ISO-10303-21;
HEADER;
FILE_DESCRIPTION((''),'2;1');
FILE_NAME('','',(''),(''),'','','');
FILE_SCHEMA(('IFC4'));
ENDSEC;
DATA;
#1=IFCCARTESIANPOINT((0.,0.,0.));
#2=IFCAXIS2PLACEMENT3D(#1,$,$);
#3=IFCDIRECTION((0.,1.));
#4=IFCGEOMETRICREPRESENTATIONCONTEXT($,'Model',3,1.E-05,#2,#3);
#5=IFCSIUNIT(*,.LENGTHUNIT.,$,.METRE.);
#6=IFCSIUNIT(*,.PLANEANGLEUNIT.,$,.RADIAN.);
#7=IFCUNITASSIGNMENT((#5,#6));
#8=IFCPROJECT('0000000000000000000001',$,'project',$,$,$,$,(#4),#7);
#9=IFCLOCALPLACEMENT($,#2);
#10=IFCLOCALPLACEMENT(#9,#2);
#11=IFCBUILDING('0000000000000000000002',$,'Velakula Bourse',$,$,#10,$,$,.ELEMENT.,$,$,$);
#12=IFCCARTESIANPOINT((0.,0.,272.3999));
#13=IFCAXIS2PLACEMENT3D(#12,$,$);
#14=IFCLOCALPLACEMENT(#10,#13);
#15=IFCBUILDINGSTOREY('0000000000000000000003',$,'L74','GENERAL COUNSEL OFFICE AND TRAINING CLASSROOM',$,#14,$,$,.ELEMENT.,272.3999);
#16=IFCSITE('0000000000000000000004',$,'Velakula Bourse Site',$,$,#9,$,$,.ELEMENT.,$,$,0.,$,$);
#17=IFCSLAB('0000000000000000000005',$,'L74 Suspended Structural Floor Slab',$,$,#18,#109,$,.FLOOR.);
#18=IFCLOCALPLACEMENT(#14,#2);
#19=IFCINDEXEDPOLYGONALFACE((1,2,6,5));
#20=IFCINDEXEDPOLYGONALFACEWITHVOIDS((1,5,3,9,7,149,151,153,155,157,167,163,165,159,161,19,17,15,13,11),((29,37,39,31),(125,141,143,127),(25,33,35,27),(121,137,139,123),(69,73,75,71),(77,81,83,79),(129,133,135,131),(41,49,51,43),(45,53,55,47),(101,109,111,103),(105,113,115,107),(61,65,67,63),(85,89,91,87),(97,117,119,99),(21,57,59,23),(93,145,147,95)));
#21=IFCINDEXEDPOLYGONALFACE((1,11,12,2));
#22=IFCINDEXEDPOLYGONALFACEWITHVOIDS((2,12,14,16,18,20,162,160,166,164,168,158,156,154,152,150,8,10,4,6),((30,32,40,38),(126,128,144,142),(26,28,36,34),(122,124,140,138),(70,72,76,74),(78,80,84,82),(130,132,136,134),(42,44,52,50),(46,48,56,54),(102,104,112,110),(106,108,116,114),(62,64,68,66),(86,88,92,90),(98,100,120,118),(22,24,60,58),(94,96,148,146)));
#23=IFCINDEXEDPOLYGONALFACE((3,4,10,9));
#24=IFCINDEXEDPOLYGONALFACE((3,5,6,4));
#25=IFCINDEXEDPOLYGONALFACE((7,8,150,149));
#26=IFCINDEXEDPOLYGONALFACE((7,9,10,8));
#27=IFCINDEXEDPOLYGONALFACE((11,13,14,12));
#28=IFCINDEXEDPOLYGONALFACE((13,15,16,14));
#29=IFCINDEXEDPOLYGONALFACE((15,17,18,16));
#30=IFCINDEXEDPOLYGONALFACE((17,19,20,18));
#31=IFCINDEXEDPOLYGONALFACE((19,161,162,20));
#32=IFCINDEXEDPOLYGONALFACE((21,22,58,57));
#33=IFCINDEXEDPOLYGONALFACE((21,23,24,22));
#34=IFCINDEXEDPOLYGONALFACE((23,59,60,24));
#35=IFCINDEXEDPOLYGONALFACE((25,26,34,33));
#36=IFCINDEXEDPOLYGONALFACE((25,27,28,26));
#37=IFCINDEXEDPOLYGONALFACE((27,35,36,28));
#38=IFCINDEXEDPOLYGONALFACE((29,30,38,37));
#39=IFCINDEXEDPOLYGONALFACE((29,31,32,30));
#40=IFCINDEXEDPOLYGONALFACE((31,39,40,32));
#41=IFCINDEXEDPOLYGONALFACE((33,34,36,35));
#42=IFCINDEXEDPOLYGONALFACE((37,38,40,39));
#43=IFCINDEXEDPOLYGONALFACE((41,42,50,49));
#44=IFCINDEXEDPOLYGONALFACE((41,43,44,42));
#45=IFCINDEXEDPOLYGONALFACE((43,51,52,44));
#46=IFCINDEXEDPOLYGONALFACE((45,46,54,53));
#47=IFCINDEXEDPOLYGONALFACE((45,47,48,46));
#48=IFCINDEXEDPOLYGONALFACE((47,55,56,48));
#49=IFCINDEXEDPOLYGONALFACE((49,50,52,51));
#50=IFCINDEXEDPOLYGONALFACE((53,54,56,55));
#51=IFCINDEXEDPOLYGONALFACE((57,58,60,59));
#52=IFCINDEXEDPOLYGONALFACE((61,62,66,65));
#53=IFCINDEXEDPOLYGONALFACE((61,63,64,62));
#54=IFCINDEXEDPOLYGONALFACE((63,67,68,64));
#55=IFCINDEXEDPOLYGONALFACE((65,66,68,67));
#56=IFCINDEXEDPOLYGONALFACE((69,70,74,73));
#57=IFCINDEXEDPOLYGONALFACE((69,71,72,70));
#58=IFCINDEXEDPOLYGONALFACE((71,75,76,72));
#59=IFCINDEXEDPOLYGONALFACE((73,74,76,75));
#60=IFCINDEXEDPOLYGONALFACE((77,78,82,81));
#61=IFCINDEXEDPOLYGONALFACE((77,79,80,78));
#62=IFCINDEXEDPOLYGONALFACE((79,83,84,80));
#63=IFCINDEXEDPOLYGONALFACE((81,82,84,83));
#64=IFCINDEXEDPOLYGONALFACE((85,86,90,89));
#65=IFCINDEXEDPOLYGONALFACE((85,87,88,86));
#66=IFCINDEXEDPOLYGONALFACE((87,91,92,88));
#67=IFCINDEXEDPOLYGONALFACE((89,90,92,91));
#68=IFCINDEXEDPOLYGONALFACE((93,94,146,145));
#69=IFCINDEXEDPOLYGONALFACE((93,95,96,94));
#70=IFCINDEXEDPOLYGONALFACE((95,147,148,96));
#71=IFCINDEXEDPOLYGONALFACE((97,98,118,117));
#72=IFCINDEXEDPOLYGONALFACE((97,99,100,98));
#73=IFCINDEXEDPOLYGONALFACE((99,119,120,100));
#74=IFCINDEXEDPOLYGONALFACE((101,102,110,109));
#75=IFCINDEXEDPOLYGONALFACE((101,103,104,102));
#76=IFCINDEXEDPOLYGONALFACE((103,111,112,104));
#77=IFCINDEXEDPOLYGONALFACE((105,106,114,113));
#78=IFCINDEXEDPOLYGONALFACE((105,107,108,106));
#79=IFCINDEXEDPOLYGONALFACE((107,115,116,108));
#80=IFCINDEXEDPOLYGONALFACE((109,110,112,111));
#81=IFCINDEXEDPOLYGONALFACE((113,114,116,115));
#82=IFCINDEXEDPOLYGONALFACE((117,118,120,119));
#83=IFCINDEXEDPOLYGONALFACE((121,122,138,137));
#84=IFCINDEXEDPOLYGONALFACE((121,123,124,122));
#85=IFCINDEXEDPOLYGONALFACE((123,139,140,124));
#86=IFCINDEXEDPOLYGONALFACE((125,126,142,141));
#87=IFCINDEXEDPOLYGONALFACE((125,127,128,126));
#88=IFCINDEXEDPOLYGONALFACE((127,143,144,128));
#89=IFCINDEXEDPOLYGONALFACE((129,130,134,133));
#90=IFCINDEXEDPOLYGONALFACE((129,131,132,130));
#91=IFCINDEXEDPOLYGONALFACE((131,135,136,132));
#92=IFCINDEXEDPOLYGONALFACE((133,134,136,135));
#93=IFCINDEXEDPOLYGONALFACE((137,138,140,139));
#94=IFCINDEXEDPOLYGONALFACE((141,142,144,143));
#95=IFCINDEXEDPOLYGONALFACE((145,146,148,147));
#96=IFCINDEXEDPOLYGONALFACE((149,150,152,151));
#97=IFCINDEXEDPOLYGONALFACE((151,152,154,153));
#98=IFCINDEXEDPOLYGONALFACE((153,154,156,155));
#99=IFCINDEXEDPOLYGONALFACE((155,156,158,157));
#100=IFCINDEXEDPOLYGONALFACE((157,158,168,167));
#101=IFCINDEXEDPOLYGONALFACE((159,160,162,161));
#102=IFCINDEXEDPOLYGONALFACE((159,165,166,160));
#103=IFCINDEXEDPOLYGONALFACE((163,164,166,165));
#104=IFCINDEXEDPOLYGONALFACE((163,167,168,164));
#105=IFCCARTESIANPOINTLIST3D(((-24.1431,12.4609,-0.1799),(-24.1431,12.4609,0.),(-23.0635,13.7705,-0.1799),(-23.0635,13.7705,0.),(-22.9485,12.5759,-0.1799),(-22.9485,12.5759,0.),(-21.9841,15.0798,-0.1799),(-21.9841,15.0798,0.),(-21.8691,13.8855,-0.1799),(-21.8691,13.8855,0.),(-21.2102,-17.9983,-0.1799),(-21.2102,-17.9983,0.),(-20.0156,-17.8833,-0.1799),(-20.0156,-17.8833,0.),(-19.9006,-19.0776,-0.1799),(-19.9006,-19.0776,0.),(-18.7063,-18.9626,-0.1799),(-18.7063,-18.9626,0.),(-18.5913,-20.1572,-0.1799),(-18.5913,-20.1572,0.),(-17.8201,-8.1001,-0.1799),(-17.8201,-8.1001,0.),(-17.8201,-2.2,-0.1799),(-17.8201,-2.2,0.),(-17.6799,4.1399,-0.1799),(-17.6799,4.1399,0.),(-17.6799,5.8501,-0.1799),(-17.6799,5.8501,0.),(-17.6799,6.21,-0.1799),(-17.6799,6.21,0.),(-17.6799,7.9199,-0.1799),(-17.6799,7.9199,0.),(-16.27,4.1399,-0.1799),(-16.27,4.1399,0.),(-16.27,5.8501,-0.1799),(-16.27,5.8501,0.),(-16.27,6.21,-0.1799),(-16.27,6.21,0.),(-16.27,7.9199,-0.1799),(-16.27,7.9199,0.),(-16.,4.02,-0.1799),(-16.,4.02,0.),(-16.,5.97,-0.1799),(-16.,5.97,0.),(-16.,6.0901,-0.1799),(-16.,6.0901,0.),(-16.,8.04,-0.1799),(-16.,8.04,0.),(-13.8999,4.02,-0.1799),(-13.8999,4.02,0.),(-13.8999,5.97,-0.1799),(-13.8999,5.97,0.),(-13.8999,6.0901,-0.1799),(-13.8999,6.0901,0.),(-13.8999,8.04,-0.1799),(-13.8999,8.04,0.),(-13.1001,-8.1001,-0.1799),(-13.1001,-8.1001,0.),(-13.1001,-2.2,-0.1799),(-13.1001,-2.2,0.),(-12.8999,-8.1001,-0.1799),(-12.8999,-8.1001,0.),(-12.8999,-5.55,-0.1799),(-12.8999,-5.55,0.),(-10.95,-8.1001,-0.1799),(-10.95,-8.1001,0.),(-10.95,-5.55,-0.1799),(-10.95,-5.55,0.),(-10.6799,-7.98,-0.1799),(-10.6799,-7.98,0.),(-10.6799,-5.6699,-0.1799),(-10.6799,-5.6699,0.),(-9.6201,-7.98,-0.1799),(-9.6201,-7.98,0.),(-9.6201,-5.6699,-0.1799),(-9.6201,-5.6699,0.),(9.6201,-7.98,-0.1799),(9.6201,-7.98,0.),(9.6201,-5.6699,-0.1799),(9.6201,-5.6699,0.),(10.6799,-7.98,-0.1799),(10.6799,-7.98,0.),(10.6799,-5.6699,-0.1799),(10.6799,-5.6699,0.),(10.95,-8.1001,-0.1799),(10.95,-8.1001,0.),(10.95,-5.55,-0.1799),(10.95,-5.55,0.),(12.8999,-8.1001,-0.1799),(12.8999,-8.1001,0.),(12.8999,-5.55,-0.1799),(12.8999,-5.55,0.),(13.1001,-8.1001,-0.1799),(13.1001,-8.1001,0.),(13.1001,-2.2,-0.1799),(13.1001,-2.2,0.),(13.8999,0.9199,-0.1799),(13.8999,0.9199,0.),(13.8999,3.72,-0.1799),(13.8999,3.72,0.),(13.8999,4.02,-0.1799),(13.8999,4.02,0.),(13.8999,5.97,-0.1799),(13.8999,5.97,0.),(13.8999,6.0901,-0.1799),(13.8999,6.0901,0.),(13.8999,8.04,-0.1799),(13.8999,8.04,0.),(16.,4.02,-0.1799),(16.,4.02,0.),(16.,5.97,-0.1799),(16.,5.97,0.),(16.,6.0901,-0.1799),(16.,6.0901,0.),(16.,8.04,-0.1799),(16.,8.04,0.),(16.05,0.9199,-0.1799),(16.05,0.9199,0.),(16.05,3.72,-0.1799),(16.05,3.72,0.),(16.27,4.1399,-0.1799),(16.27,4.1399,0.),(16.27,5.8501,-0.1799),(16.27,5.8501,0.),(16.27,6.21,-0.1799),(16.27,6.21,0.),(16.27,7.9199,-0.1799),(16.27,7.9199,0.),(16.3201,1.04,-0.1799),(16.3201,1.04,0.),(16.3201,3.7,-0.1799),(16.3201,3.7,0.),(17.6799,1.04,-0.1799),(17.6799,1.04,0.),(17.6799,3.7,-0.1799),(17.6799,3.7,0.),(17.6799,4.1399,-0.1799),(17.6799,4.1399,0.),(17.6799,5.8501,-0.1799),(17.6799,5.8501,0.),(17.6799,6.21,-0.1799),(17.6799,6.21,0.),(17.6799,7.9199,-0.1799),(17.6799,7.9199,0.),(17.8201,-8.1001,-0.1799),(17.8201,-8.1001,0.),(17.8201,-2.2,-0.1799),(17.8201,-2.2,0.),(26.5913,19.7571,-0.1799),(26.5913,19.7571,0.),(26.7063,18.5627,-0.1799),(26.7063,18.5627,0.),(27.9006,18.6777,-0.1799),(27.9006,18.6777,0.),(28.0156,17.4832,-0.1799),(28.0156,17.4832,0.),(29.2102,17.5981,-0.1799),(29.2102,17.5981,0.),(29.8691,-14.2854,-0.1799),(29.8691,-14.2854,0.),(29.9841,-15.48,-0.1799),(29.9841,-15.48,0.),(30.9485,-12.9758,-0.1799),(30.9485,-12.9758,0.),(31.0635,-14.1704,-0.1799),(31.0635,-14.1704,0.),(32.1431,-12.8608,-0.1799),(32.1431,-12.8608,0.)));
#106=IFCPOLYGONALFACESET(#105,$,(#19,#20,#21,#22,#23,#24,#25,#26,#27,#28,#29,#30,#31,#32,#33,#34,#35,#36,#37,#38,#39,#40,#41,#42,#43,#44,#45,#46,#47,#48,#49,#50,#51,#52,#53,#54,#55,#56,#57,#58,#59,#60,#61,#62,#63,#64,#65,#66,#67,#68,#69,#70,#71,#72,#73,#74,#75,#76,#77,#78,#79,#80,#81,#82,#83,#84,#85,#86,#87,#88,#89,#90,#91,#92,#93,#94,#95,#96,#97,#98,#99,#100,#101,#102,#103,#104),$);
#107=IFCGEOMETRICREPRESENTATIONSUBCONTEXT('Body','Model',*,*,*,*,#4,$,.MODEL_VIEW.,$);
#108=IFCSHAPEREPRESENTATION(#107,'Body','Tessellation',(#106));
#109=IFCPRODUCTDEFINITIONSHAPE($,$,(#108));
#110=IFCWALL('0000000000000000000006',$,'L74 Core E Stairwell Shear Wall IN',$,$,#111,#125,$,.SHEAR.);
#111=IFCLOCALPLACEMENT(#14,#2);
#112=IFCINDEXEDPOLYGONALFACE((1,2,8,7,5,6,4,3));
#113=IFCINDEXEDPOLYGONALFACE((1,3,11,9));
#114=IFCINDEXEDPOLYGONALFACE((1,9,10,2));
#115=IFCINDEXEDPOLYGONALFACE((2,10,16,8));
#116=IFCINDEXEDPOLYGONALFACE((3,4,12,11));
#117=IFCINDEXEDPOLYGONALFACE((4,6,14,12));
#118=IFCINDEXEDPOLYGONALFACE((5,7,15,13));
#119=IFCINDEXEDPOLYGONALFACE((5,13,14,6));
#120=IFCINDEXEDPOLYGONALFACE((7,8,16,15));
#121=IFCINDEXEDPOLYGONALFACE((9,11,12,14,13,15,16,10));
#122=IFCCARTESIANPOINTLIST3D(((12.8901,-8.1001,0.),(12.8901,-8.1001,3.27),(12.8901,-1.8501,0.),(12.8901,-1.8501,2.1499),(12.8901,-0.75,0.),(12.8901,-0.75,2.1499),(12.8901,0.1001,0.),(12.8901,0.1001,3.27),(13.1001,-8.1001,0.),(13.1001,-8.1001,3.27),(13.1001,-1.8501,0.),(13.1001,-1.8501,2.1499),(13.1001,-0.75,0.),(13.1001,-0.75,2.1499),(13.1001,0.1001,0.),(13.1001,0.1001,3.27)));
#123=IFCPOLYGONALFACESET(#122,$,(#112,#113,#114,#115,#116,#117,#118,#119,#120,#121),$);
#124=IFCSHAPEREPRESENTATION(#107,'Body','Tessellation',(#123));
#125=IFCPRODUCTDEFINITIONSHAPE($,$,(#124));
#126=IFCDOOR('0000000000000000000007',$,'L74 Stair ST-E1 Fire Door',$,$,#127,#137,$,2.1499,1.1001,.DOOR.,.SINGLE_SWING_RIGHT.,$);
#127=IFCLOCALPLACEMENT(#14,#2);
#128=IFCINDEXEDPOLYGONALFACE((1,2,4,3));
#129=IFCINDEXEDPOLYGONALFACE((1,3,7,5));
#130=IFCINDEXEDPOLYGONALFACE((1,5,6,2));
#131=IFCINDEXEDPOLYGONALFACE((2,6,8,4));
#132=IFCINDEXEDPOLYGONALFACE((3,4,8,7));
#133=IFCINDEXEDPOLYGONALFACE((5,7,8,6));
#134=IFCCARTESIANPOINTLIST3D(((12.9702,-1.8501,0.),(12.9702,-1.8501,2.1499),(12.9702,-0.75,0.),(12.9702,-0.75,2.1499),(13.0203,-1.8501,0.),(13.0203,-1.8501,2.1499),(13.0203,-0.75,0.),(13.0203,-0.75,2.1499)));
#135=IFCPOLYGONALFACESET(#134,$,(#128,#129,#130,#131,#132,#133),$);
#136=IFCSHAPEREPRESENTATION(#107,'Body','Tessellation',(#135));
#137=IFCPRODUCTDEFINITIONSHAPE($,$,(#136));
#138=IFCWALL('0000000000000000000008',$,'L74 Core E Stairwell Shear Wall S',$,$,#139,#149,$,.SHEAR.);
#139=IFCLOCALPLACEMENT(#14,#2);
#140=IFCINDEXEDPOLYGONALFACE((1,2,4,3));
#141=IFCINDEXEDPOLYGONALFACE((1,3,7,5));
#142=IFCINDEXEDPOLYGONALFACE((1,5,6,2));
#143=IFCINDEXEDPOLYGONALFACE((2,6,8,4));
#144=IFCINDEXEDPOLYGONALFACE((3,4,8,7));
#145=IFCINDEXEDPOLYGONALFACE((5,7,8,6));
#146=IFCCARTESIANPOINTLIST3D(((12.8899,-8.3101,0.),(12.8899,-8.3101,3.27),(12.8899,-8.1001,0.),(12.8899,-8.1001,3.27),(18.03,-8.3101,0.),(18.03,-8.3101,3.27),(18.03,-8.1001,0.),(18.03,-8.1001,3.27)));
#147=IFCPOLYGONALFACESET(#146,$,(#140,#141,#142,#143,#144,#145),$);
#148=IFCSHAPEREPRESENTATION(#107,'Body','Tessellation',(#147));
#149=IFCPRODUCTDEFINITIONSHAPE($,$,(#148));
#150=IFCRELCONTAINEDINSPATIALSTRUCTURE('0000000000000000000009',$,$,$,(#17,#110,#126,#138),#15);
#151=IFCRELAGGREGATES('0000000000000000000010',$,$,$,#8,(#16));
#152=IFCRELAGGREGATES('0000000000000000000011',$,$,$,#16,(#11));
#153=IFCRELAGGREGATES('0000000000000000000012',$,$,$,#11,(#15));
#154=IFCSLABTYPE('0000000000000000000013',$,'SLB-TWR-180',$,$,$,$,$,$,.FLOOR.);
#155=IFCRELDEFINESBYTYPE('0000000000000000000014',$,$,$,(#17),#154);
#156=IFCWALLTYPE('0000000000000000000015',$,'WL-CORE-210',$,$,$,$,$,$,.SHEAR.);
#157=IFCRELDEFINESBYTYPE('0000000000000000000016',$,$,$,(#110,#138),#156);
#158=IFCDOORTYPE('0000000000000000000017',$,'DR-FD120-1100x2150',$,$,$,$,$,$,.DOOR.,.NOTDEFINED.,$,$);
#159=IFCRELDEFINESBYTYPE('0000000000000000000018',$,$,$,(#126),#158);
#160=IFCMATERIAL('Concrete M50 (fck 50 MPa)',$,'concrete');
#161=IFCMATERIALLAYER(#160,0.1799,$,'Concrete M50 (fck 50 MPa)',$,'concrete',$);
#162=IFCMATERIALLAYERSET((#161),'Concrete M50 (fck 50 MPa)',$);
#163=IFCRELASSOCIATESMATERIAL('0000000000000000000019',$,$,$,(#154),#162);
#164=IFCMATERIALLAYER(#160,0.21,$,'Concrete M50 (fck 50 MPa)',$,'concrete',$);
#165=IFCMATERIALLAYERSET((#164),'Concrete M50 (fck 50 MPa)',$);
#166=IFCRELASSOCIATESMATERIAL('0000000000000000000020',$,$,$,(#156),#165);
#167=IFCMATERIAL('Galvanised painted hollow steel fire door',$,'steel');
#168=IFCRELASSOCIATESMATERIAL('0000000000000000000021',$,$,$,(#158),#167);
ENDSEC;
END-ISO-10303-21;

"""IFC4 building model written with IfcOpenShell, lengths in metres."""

from ifc_helpers import new_model, si_unit, direction, frame, frame_2d, origin, place, context, subcontext, project, spatial, polyline, rectangle, outline, extrude, material, layer, layer_set, type_object, element, fill, save


model = new_model("IFC4")

# Units and contexts
model_context = context("Model", 3, precision=1e-05, world=origin(), true_north=direction((0.0, 1.0)))
body_context = subcontext(model_context, "Body", "Model", "MODEL_VIEW")
ifc_project = project(units=[si_unit("LENGTHUNIT", "METRE"), si_unit("PLANEANGLEUNIT", "RADIAN")], contexts=[model_context])

# Site, building, storey
site_placement = place(None, origin())
site = spatial("IfcSite", under=ifc_project, at=site_placement, Name="Velakula Bourse Site", CompositionType="ELEMENT", RefElevation=0.0)
building_placement = place(site_placement, origin())
building = spatial("IfcBuilding", under=site, at=building_placement, Name="Velakula Bourse", CompositionType="ELEMENT")
storey_placement = place(building_placement, frame((0.0, 0.0, 272.3999)))
storey = spatial("IfcBuildingStorey", under=building, at=storey_placement, Name="L74", Description="GENERAL COUNSEL OFFICE AND TRAINING CLASSROOM", CompositionType="ELEMENT", Elevation=272.3999)

# Shared definitions
ifc_material_1 = material(Name="Concrete M50 (fck 50 MPa)", Category="concrete")

# Slab
ifc_layer_1 = layer(ifc_material_1, 0.1799, Name="Concrete M50 (fck 50 MPa)", Category="concrete")
ifc_layer_set_1 = layer_set([ifc_layer_1], Name="Concrete M50 (fck 50 MPa)")
slab_type_1 = type_object("IfcSlabType", Name="SLB-TWR-180", PredefinedType="FLOOR", material=ifc_layer_set_1)
slab_1_placement = place(storey_placement, frame((0.0, 0.0, -0.1799)))
element("IfcSlab", 1, at=slab_1_placement, inside=storey, type_object=slab_type_1, Name="L74 Suspended Structural Floor Slab", PredefinedType="FLOOR", context=body_context, shape_type="SweptSolid", body=[
    extrude(outline(polyline([(-18.5913, -20.1572), (29.9841, -15.48), (29.8691, -14.2854), (31.0635, -14.1704), (30.9485, -12.9758), (32.1431, -12.8608), (29.2102, 17.5981), (28.0156, 17.4832), (27.9006, 18.6777), (26.7063, 18.5627), (26.5913, 19.7571), (-21.9841, 15.0798), (-21.8691, 13.8855), (-23.0635, 13.7705), (-22.9485, 12.5759), (-24.1431, 12.4609), (-21.2102, -17.9983), (-20.0156, -17.8833), (-19.9006, -19.0776), (-18.7063, -18.9626), (-18.5913, -20.1572)]), holes=[polyline([(-17.8201, -8.1001), (-13.1001, -8.1001), (-13.1001, -2.2), (-17.8201, -2.2), (-17.8201, -8.1001)]), polyline([(13.1001, -8.1001), (17.8201, -8.1001), (17.8201, -2.2), (13.1001, -2.2), (13.1001, -8.1001)]), polyline([(-12.8999, -8.1001), (-10.95, -8.1001), (-10.95, -5.55), (-12.8999, -5.55), (-12.8999, -8.1001)]), polyline([(10.95, -8.1001), (12.8999, -8.1001), (12.8999, -5.55), (10.95, -5.55), (10.95, -8.1001)]), polyline([(13.8999, 0.9199), (16.05, 0.9199), (16.05, 3.72), (13.8999, 3.72), (13.8999, 0.9199)]), polyline([(-10.6799, -7.98), (-9.6201, -7.98), (-9.6201, -5.6699), (-10.6799, -5.6699), (-10.6799, -7.98)]), polyline([(-17.6799, 4.1399), (-16.27, 4.1399), (-16.27, 5.8501), (-17.6799, 5.8501), (-17.6799, 4.1399)]), polyline([(-17.6799, 6.21), (-16.27, 6.21), (-16.27, 7.9199), (-17.6799, 7.9199), (-17.6799, 6.21)]), polyline([(9.6201, -7.98), (10.6799, -7.98), (10.6799, -5.6699), (9.6201, -5.6699), (9.6201, -7.98)]), polyline([(16.27, 4.1399), (17.6799, 4.1399), (17.6799, 5.8501), (16.27, 5.8501), (16.27, 4.1399)]), polyline([(16.27, 6.21), (17.6799, 6.21), (17.6799, 7.9199), (16.27, 7.9199), (16.27, 6.21)]), polyline([(16.3201, 1.04), (17.6799, 1.04), (17.6799, 3.7), (16.3201, 3.7), (16.3201, 1.04)]), polyline([(-16.0, 4.02), (-13.8999, 4.02), (-13.8999, 5.97), (-16.0, 5.97), (-16.0, 4.02)]), polyline([(-16.0, 6.0901), (-13.8999, 6.0901), (-13.8999, 8.04), (-16.0, 8.04), (-16.0, 6.0901)]), polyline([(13.8999, 4.02), (16.0, 4.02), (16.0, 5.97), (13.8999, 5.97), (13.8999, 4.02)]), polyline([(13.8999, 6.0901), (16.0, 6.0901), (16.0, 8.04), (13.8999, 8.04), (13.8999, 6.0901)])]), origin(), (0.0, 0.0, 1.0), 0.1799),
])

# Wall, opening, door
ifc_layer_2 = layer(ifc_material_1, 0.21, Name="Concrete M50 (fck 50 MPa)", Category="concrete")
ifc_layer_set_2 = layer_set([ifc_layer_2], Name="Concrete M50 (fck 50 MPa)")
wall_type_1 = type_object("IfcWallType", Name="WL-CORE-210", PredefinedType="SHEAR", material=ifc_layer_set_2)
wall_1_placement = place(storey_placement, frame((12.9951, -8.1001, 0.0), z_axis=(0.0, 0.0, 1.0), x_axis=(0.0, 1.0, 0.0)))
wall_1 = element("IfcWall", 2, at=wall_1_placement, inside=storey, type_object=wall_type_1, Name="L74 Core E Stairwell Shear Wall IN", PredefinedType="SHEAR", context=body_context, shape_type="SweptSolid", body=[
    extrude(rectangle(XDim=8.2002, YDim=0.21, at=frame_2d((4.1001, 0.0))), origin(), (0.0, 0.0, 1.0), 3.27),
])
opening_1_placement = place(wall_1_placement, frame((6.25, 0.0, 0.0)))
opening_1 = element("IfcOpeningElement", 3, at=opening_1_placement, cuts=wall_1, PredefinedType="OPENING", context=body_context, shape_type="SweptSolid", body=[
    extrude(rectangle(XDim=1.1001, YDim=2.1499, at=frame_2d((0.55, 1.075))), frame((0.0, 0.115, 0.0), z_axis=(0.0, -1.0, 0.0), x_axis=(1.0, 0.0, 0.0)), (0.0, 0.0, 1.0), 0.23),
])
ifc_material_2 = material(Name="Galvanised painted hollow steel fire door", Category="steel")
door_type_1 = type_object("IfcDoorType", Name="DR-FD120-1100x2150", OperationType="NOTDEFINED", PredefinedType="DOOR", material=ifc_material_2)
door_1_placement = place(opening_1_placement, origin())
door_1 = element("IfcDoor", 4, at=door_1_placement, inside=storey, type_object=door_type_1, Name="L74 Stair ST-E1 Fire Door", OperationType="SINGLE_SWING_RIGHT", OverallHeight=2.1499, OverallWidth=1.1001, PredefinedType="DOOR", context=body_context, shape_type="SweptSolid", body=[
    extrude(rectangle(XDim=1.1001, YDim=2.1499, at=frame_2d((0.55, 1.075))), frame((0.0, 0.0249, 0.0), z_axis=(0.0, -1.0, 0.0), x_axis=(1.0, 0.0, 0.0)), (0.0, 0.0, 1.0), 0.05),
])
fill(opening_1, door_1)

# Wall
wall_2_placement = place(storey_placement, frame((12.8899, -8.2051, 0.0), z_axis=(0.0, 0.0, 1.0), x_axis=(1.0, 0.0, 0.0)))
element("IfcWall", 5, at=wall_2_placement, inside=storey, type_object=wall_type_1, Name="L74 Core E Stairwell Shear Wall S", PredefinedType="SHEAR", context=body_context, shape_type="SweptSolid", body=[
    extrude(rectangle(XDim=5.1401, YDim=0.21, at=frame_2d((2.5701, 0.0))), origin(), (0.0, 0.0, 1.0), 3.27),
])

save(model, "model.ifc")
